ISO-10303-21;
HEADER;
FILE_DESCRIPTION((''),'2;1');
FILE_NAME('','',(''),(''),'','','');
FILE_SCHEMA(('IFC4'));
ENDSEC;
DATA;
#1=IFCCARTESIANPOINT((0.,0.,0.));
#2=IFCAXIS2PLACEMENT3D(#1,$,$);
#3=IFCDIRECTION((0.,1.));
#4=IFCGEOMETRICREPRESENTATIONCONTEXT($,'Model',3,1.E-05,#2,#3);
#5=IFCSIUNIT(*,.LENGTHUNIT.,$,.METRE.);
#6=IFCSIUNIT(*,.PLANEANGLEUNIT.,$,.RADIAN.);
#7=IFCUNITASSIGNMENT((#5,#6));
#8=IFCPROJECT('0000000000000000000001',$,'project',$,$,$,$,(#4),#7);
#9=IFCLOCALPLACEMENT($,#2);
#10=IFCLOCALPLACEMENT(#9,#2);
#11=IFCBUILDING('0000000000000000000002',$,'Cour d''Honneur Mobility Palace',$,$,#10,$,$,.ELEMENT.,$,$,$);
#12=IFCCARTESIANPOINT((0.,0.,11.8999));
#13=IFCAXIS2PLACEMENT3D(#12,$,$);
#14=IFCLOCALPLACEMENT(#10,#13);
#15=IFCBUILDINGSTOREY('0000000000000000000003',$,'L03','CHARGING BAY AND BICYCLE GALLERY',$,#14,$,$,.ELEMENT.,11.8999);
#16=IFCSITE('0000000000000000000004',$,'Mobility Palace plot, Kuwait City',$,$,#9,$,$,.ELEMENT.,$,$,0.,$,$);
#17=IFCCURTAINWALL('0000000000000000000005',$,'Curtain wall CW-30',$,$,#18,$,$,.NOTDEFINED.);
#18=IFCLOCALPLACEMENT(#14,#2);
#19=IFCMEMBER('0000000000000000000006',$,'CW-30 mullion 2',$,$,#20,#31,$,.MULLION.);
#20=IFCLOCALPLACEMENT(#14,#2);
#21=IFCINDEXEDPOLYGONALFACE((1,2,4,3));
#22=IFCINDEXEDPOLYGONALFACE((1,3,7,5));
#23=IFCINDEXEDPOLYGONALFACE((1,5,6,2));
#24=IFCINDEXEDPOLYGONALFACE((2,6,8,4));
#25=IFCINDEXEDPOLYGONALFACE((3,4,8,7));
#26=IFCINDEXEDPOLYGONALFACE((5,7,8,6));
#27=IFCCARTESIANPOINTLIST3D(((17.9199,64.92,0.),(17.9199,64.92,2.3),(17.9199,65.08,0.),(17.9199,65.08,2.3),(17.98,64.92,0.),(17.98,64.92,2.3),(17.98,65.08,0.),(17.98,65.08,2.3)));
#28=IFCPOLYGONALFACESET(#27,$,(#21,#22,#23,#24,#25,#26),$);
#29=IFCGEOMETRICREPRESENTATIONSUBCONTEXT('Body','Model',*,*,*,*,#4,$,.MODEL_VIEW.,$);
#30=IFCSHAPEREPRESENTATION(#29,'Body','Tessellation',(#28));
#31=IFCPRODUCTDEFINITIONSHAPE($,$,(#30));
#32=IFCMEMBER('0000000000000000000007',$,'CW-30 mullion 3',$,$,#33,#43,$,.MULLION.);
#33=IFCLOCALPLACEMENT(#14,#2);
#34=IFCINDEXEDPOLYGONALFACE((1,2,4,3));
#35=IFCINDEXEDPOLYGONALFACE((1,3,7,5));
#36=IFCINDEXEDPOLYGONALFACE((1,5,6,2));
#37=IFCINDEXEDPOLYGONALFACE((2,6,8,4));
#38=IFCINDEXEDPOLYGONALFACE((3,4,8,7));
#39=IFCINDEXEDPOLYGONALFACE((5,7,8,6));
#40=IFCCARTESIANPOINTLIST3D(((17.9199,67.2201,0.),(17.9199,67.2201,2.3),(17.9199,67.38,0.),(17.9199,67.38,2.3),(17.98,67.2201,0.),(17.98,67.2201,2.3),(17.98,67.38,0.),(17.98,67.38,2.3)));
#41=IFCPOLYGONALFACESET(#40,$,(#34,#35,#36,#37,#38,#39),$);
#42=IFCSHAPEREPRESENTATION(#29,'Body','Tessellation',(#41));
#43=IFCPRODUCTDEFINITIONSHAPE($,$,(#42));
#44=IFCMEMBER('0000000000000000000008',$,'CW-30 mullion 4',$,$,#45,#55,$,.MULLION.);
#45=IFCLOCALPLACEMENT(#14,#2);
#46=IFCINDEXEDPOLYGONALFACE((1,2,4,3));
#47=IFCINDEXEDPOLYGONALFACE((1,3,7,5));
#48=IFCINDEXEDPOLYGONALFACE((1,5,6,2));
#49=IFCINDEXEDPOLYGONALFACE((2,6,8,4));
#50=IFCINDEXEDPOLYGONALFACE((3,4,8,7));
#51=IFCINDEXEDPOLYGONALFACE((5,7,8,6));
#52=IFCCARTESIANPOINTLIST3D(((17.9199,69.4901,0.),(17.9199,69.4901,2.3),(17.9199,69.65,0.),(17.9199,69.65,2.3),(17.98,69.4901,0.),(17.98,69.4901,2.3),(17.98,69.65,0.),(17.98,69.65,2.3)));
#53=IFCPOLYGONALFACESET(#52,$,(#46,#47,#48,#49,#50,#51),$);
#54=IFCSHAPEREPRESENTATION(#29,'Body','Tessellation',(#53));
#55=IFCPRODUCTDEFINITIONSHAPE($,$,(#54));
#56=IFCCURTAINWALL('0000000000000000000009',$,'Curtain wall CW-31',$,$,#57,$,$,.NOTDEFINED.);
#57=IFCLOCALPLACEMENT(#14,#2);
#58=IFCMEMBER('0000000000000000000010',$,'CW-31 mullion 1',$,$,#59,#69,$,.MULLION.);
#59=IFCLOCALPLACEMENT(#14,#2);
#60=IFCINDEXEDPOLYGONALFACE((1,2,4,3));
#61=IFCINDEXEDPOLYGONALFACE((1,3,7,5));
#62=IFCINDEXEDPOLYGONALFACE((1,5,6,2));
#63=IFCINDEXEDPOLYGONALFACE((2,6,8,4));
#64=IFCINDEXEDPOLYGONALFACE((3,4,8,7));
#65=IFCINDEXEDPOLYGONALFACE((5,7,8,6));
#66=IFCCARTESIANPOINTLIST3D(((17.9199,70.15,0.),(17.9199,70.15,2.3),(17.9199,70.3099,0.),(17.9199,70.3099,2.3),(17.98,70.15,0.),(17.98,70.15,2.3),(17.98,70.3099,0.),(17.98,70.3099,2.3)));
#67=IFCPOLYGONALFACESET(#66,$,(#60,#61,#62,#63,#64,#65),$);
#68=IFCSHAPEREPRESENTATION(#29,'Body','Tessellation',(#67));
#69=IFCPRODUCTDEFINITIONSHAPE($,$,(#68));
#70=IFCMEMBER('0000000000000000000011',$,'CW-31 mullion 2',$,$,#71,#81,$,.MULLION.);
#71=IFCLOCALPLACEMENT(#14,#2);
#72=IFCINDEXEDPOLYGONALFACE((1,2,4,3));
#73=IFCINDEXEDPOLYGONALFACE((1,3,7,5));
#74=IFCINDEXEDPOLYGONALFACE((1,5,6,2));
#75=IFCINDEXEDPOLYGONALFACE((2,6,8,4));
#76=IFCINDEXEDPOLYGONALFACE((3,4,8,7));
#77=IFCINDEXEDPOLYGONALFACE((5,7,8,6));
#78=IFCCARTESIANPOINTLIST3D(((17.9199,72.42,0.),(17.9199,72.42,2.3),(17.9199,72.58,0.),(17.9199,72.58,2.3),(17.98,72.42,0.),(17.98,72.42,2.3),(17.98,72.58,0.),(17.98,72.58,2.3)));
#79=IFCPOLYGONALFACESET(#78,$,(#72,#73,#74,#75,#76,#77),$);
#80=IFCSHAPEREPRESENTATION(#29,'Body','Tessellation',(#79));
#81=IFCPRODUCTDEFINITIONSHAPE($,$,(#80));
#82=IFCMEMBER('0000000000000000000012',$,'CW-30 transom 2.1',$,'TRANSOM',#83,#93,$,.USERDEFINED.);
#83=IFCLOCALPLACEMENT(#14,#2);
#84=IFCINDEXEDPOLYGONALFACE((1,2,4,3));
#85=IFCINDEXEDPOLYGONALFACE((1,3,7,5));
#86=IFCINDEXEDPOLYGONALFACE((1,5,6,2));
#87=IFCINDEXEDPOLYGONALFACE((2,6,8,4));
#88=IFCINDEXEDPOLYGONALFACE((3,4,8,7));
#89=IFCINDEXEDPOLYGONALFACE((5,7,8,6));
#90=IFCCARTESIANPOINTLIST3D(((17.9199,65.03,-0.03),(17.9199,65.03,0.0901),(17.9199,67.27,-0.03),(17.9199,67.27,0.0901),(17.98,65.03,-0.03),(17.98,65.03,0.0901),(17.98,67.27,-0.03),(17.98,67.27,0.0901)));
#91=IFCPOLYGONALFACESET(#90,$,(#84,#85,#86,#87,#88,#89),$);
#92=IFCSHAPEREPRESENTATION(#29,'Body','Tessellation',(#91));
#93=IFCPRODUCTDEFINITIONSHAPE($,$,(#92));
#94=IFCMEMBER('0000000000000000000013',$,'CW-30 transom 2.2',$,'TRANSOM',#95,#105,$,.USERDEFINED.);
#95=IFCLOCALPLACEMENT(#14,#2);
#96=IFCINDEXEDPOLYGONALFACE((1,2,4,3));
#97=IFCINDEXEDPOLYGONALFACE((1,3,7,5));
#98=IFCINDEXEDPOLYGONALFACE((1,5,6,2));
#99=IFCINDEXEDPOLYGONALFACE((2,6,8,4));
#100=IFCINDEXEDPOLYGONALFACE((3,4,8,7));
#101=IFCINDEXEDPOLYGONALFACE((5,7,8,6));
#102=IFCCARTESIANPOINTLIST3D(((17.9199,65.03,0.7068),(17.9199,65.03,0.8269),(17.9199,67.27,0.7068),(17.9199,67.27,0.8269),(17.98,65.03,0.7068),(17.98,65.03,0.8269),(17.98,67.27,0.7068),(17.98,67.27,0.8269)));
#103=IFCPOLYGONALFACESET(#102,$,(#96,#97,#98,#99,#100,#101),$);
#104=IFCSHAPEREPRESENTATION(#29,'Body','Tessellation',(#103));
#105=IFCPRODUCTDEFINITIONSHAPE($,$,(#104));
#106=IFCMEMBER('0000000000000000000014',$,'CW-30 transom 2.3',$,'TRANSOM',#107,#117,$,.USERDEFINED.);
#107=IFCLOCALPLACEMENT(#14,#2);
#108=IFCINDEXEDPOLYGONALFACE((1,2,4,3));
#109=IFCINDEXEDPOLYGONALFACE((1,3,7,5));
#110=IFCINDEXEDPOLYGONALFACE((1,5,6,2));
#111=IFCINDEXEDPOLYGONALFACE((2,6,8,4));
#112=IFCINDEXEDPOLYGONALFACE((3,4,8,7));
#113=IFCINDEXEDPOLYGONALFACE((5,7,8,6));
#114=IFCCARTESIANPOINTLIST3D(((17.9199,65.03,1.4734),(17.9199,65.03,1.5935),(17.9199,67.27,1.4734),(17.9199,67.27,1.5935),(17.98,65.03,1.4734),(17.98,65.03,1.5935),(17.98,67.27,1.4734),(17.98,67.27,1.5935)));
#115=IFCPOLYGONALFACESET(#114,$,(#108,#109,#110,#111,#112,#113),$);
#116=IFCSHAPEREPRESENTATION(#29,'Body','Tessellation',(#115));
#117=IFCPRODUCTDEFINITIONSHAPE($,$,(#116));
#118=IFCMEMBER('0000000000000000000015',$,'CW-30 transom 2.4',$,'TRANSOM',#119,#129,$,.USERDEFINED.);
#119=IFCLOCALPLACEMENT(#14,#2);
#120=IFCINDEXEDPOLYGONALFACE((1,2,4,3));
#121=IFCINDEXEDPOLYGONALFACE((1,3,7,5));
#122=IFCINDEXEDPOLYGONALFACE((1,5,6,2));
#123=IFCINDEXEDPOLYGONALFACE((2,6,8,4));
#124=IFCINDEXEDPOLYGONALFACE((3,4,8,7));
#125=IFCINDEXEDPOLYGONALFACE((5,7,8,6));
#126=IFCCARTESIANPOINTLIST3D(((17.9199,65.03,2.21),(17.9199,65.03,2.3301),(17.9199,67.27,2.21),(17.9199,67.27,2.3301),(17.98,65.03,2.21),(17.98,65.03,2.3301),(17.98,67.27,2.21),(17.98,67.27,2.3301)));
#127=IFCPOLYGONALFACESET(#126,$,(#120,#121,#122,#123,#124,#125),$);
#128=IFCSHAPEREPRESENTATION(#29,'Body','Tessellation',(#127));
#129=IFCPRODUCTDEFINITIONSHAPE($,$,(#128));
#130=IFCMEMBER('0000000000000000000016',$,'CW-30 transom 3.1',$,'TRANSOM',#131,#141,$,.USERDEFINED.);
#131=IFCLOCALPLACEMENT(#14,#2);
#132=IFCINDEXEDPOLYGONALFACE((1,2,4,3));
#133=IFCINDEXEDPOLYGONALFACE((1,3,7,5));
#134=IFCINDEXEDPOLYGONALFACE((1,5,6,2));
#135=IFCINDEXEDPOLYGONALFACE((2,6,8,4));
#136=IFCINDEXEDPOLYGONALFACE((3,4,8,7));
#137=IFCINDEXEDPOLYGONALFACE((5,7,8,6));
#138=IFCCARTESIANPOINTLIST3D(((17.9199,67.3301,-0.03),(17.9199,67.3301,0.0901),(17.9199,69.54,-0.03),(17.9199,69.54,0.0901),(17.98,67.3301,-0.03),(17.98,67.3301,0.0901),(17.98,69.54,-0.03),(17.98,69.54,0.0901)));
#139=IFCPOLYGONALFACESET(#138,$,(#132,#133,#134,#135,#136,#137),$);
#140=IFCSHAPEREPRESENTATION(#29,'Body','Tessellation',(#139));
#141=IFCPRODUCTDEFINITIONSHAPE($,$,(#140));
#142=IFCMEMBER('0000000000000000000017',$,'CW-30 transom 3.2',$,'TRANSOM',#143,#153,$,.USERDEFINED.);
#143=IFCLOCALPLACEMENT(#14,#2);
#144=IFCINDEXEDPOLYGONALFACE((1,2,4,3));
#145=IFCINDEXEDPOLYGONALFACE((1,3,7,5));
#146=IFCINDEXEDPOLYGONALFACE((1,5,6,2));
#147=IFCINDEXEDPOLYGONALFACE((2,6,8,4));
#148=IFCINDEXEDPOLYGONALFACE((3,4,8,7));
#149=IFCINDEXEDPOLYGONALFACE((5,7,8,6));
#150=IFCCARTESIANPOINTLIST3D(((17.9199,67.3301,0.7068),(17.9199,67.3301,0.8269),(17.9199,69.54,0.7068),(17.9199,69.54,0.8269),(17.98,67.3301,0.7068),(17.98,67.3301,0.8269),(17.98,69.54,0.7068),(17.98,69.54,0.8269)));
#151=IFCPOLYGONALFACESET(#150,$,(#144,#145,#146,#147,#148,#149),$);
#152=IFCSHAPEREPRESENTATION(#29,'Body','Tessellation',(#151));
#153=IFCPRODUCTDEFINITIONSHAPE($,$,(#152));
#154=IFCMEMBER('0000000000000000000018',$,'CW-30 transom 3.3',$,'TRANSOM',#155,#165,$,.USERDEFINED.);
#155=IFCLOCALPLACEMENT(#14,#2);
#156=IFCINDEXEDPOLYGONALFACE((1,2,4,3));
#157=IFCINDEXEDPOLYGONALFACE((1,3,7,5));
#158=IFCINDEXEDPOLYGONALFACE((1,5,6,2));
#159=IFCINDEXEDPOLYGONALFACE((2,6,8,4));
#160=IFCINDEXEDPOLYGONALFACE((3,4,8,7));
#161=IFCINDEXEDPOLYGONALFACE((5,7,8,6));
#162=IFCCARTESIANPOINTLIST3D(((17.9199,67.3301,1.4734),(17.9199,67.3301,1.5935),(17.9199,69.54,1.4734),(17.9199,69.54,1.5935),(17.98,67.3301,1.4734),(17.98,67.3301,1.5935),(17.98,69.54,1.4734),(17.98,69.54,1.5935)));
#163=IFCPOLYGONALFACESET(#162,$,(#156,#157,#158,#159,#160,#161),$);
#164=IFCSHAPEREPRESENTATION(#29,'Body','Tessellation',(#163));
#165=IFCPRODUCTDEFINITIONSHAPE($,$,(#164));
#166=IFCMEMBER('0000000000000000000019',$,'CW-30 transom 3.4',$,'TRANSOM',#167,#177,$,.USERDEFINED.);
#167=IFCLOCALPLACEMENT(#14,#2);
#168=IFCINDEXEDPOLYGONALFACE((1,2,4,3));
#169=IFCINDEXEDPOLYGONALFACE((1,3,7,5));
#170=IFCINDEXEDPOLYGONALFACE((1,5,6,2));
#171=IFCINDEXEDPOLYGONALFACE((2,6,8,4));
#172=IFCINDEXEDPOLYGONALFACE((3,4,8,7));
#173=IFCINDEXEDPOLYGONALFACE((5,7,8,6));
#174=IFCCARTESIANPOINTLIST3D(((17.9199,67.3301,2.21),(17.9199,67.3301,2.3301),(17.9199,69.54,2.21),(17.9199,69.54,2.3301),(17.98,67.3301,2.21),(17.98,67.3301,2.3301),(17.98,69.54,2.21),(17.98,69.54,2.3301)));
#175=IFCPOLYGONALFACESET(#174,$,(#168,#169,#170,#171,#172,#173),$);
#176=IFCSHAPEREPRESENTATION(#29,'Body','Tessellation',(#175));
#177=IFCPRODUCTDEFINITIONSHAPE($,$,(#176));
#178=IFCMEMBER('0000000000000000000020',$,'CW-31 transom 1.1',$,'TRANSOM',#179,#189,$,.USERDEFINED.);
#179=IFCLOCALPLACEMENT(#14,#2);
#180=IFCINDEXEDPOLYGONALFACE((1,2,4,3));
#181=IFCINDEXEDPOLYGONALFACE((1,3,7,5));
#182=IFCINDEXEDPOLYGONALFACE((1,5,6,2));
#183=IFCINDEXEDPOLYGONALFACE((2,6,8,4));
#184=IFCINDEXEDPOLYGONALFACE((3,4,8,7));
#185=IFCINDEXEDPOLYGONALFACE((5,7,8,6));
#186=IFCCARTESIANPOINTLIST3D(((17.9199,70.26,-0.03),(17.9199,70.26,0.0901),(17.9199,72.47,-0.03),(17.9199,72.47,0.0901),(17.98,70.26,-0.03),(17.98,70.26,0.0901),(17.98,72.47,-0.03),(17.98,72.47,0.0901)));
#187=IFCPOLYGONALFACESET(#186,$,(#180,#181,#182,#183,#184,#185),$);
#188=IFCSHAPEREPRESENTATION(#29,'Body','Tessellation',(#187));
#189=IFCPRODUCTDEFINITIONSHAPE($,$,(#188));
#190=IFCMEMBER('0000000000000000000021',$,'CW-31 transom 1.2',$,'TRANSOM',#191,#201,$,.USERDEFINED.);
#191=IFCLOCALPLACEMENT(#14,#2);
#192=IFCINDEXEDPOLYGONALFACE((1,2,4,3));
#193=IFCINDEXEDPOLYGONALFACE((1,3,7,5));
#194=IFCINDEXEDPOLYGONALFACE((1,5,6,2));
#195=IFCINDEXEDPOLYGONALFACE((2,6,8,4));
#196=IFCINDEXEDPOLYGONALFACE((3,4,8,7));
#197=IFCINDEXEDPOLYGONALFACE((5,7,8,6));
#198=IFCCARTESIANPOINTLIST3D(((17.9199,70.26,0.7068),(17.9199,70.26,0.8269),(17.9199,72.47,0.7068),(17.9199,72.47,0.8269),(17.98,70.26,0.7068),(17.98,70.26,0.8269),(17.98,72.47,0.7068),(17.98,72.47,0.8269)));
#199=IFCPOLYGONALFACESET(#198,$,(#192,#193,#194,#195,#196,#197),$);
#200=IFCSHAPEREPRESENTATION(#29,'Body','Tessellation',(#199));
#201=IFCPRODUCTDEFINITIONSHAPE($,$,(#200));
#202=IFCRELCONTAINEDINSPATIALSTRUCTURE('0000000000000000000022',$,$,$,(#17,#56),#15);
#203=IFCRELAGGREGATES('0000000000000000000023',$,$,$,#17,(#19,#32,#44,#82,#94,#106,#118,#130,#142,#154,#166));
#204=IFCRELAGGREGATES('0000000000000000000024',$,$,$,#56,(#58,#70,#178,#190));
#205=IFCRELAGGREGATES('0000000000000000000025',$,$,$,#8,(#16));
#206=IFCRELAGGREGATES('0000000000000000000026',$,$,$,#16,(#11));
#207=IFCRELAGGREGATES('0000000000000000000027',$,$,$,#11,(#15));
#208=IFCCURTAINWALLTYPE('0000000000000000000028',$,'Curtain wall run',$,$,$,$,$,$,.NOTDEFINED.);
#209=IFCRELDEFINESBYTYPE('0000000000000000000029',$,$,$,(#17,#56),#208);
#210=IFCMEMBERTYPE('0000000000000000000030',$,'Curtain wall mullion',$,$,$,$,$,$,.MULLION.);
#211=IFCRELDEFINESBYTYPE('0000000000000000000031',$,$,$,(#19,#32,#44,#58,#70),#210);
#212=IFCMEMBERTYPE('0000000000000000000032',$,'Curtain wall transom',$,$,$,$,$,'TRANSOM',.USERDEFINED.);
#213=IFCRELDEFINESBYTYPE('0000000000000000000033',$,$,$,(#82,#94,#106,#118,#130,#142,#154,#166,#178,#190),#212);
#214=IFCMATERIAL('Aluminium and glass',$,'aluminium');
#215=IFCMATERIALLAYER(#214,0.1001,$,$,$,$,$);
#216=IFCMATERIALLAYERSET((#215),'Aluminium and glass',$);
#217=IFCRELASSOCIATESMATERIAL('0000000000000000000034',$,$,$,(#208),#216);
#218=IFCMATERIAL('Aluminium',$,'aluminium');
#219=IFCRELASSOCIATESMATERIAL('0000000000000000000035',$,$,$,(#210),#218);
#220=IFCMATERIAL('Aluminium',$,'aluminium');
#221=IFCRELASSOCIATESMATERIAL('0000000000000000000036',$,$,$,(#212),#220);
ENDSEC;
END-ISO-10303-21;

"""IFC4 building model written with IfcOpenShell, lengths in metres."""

from ifc_helpers import new_model, si_unit, direction, frame, origin, origin_2d, place, context, subcontext, project, spatial, rectangle, extrude, material, layer, layer_set, material_profile, profile_set, type_object, element, aggregate, save


model = new_model("IFC4")

# Units and contexts
model_context = context("Model", 3, precision=1e-05, world=origin(), true_north=direction((0.0, 1.0)))
body_context = subcontext(model_context, "Body", "Model", "MODEL_VIEW")
ifc_project = project(units=[si_unit("LENGTHUNIT", "METRE"), si_unit("PLANEANGLEUNIT", "RADIAN")], contexts=[model_context])

# Site, building, storey
site_placement = place(None, origin())
site = spatial("IfcSite", under=ifc_project, at=site_placement, Name="Mobility Palace plot, Kuwait City", CompositionType="ELEMENT", RefElevation=0.0)
building_placement = place(site_placement, origin())
building = spatial("IfcBuilding", under=site, at=building_placement, Name="Cour d'Honneur Mobility Palace", CompositionType="ELEMENT")
storey_placement = place(building_placement, frame((0.0, 0.0, 11.8999)))
storey = spatial("IfcBuildingStorey", under=building, at=storey_placement, Name="L03", Description="CHARGING BAY AND BICYCLE GALLERY", CompositionType="ELEMENT", Elevation=11.8999)

# Curtain walls, members
ifc_material_1 = material(Name="Aluminium and glass", Category="aluminium")
ifc_layer_1 = layer(ifc_material_1, 0.1001)
ifc_layer_set_1 = layer_set([ifc_layer_1], Name="Aluminium and glass")
curtain_wall_type = type_object("IfcCurtainWallType", Name="Curtain wall run", PredefinedType="NOTDEFINED", material=ifc_layer_set_1)
curtain_wall_1_placement = place(storey_placement, origin())
curtain_wall_1 = element("IfcCurtainWall", 1, at=curtain_wall_1_placement, inside=storey, type_object=curtain_wall_type, Name="Curtain wall CW-30", PredefinedType="NOTDEFINED")
ifc_material_2 = material(Name="Aluminium", Category="aluminium")
ifc_material_profile_1 = material_profile(ifc_material_2, rectangle(XDim=0.0601, YDim=0.1599, at=origin_2d()), Name="Curtain wall mullion")
ifc_profile_set_1 = profile_set([ifc_material_profile_1], Name="Aluminium")
member_type_1 = type_object("IfcMemberType", Name="Curtain wall mullion", PredefinedType="MULLION", material=ifc_profile_set_1)
member_1_placement = place(storey_placement, frame((17.95, 65.0, 0.0), z_axis=(0.0, 0.0, 1.0), x_axis=(-1.0, 0.0, 0.0)))
member_1 = element("IfcMember", 2, at=member_1_placement, type_object=member_type_1, Name="CW-30 mullion 2", PredefinedType="MULLION", context=body_context, shape_type="SweptSolid", body=[
    extrude(rectangle(XDim=0.0601, YDim=0.1599, at=origin_2d()), origin(), (0.0, 0.0, 1.0), 2.3),
])
member_2_placement = place(storey_placement, frame((17.95, 67.3, 0.0), z_axis=(0.0, 0.0, 1.0), x_axis=(-1.0, 0.0, 0.0)))
member_2 = element("IfcMember", 3, at=member_2_placement, type_object=member_type_1, Name="CW-30 mullion 3", PredefinedType="MULLION", context=body_context, shape_type="SweptSolid", body=[
    extrude(rectangle(XDim=0.0601, YDim=0.1599, at=origin_2d()), origin(), (0.0, 0.0, 1.0), 2.3),
])
member_3_placement = place(storey_placement, frame((17.95, 69.5701, 0.0), z_axis=(0.0, 0.0, 1.0), x_axis=(-1.0, 0.0, 0.0)))
member_3 = element("IfcMember", 4, at=member_3_placement, type_object=member_type_1, Name="CW-30 mullion 4", PredefinedType="MULLION", context=body_context, shape_type="SweptSolid", body=[
    extrude(rectangle(XDim=0.0601, YDim=0.1599, at=origin_2d()), origin(), (0.0, 0.0, 1.0), 2.3),
])
curtain_wall_2_placement = place(storey_placement, origin())
curtain_wall_2 = element("IfcCurtainWall", 5, at=curtain_wall_2_placement, inside=storey, type_object=curtain_wall_type, Name="Curtain wall CW-31", PredefinedType="NOTDEFINED")
member_4_placement = place(storey_placement, frame((17.95, 70.23, 0.0), z_axis=(0.0, 0.0, 1.0), x_axis=(-1.0, 0.0, 0.0)))
member_4 = element("IfcMember", 6, at=member_4_placement, type_object=member_type_1, Name="CW-31 mullion 1", PredefinedType="MULLION", context=body_context, shape_type="SweptSolid", body=[
    extrude(rectangle(XDim=0.0601, YDim=0.1599, at=origin_2d()), origin(), (0.0, 0.0, 1.0), 2.3),
])
member_5_placement = place(storey_placement, frame((17.95, 72.5, 0.0), z_axis=(0.0, 0.0, 1.0), x_axis=(-1.0, 0.0, 0.0)))
member_5 = element("IfcMember", 7, at=member_5_placement, type_object=member_type_1, Name="CW-31 mullion 2", PredefinedType="MULLION", context=body_context, shape_type="SweptSolid", body=[
    extrude(rectangle(XDim=0.0601, YDim=0.1599, at=origin_2d()), origin(), (0.0, 0.0, 1.0), 2.3),
])

# Members
ifc_material_3 = material(Name="Aluminium", Category="aluminium")
ifc_material_profile_2 = material_profile(ifc_material_3, rectangle(XDim=0.0601, YDim=0.1201, at=origin_2d()), Name="Curtain wall transom")
ifc_profile_set_2 = profile_set([ifc_material_profile_2], Name="Aluminium")
member_type_2 = type_object("IfcMemberType", Name="Curtain wall transom", ElementType="TRANSOM", PredefinedType="USERDEFINED", material=ifc_profile_set_2)
member_6_placement = place(storey_placement, frame((17.95, 65.03, 0.03), z_axis=(0.0, 1.0, 0.0), x_axis=(-1.0, 0.0, 0.0)))
member_6 = element("IfcMember", 8, at=member_6_placement, type_object=member_type_2, Name="CW-30 transom 2.1", ObjectType="TRANSOM", PredefinedType="USERDEFINED", context=body_context, shape_type="SweptSolid", body=[
    extrude(rectangle(XDim=0.0601, YDim=0.1201, at=origin_2d()), origin(), (0.0, 0.0, 1.0), 2.24),
])
member_7_placement = place(storey_placement, frame((17.95, 65.03, 0.7668), z_axis=(0.0, 1.0, 0.0), x_axis=(-1.0, 0.0, 0.0)))
member_7 = element("IfcMember", 9, at=member_7_placement, type_object=member_type_2, Name="CW-30 transom 2.2", ObjectType="TRANSOM", PredefinedType="USERDEFINED", context=body_context, shape_type="SweptSolid", body=[
    extrude(rectangle(XDim=0.0601, YDim=0.1201, at=origin_2d()), origin(), (0.0, 0.0, 1.0), 2.24),
])
member_8_placement = place(storey_placement, frame((17.95, 65.03, 1.5334), z_axis=(0.0, 1.0, 0.0), x_axis=(-1.0, 0.0, 0.0)))
member_8 = element("IfcMember", 10, at=member_8_placement, type_object=member_type_2, Name="CW-30 transom 2.3", ObjectType="TRANSOM", PredefinedType="USERDEFINED", context=body_context, shape_type="SweptSolid", body=[
    extrude(rectangle(XDim=0.0601, YDim=0.1201, at=origin_2d()), origin(), (0.0, 0.0, 1.0), 2.24),
])
member_9_placement = place(storey_placement, frame((17.95, 65.03, 2.27), z_axis=(0.0, 1.0, 0.0), x_axis=(-1.0, 0.0, 0.0)))
member_9 = element("IfcMember", 11, at=member_9_placement, type_object=member_type_2, Name="CW-30 transom 2.4", ObjectType="TRANSOM", PredefinedType="USERDEFINED", context=body_context, shape_type="SweptSolid", body=[
    extrude(rectangle(XDim=0.0601, YDim=0.1201, at=origin_2d()), origin(), (0.0, 0.0, 1.0), 2.24),
])
member_10_placement = place(storey_placement, frame((17.95, 67.3301, 0.03), z_axis=(0.0, 1.0, 0.0), x_axis=(-1.0, 0.0, 0.0)))
member_10 = element("IfcMember", 12, at=member_10_placement, type_object=member_type_2, Name="CW-30 transom 3.1", ObjectType="TRANSOM", PredefinedType="USERDEFINED", context=body_context, shape_type="SweptSolid", body=[
    extrude(rectangle(XDim=0.0601, YDim=0.1201, at=origin_2d()), origin(), (0.0, 0.0, 1.0), 2.21),
])
member_11_placement = place(storey_placement, frame((17.95, 67.3301, 0.7668), z_axis=(0.0, 1.0, 0.0), x_axis=(-1.0, 0.0, 0.0)))
member_11 = element("IfcMember", 13, at=member_11_placement, type_object=member_type_2, Name="CW-30 transom 3.2", ObjectType="TRANSOM", PredefinedType="USERDEFINED", context=body_context, shape_type="SweptSolid", body=[
    extrude(rectangle(XDim=0.0601, YDim=0.1201, at=origin_2d()), origin(), (0.0, 0.0, 1.0), 2.21),
])
member_12_placement = place(storey_placement, frame((17.95, 67.3301, 1.5334), z_axis=(0.0, 1.0, 0.0), x_axis=(-1.0, 0.0, 0.0)))
member_12 = element("IfcMember", 14, at=member_12_placement, type_object=member_type_2, Name="CW-30 transom 3.3", ObjectType="TRANSOM", PredefinedType="USERDEFINED", context=body_context, shape_type="SweptSolid", body=[
    extrude(rectangle(XDim=0.0601, YDim=0.1201, at=origin_2d()), origin(), (0.0, 0.0, 1.0), 2.21),
])
member_13_placement = place(storey_placement, frame((17.95, 67.3301, 2.27), z_axis=(0.0, 1.0, 0.0), x_axis=(-1.0, 0.0, 0.0)))
member_13 = element("IfcMember", 15, at=member_13_placement, type_object=member_type_2, Name="CW-30 transom 3.4", ObjectType="TRANSOM", PredefinedType="USERDEFINED", context=body_context, shape_type="SweptSolid", body=[
    extrude(rectangle(XDim=0.0601, YDim=0.1201, at=origin_2d()), origin(), (0.0, 0.0, 1.0), 2.21),
])
member_14_placement = place(storey_placement, frame((17.95, 70.26, 0.03), z_axis=(0.0, 1.0, 0.0), x_axis=(-1.0, 0.0, 0.0)))
member_14 = element("IfcMember", 16, at=member_14_placement, type_object=member_type_2, Name="CW-31 transom 1.1", ObjectType="TRANSOM", PredefinedType="USERDEFINED", context=body_context, shape_type="SweptSolid", body=[
    extrude(rectangle(XDim=0.0601, YDim=0.1201, at=origin_2d()), origin(), (0.0, 0.0, 1.0), 2.21),
])
member_15_placement = place(storey_placement, frame((17.95, 70.26, 0.7668), z_axis=(0.0, 1.0, 0.0), x_axis=(-1.0, 0.0, 0.0)))
member_15 = element("IfcMember", 17, at=member_15_placement, type_object=member_type_2, Name="CW-31 transom 1.2", ObjectType="TRANSOM", PredefinedType="USERDEFINED", context=body_context, shape_type="SweptSolid", body=[
    extrude(rectangle(XDim=0.0601, YDim=0.1201, at=origin_2d()), origin(), (0.0, 0.0, 1.0), 2.21),
])

aggregate(curtain_wall_1, [member_1, member_2, member_3, member_6, member_7, member_8, member_9, member_10, member_11, member_12, member_13])
aggregate(curtain_wall_2, [member_4, member_5, member_14, member_15])

save(model, "model.ifc")
